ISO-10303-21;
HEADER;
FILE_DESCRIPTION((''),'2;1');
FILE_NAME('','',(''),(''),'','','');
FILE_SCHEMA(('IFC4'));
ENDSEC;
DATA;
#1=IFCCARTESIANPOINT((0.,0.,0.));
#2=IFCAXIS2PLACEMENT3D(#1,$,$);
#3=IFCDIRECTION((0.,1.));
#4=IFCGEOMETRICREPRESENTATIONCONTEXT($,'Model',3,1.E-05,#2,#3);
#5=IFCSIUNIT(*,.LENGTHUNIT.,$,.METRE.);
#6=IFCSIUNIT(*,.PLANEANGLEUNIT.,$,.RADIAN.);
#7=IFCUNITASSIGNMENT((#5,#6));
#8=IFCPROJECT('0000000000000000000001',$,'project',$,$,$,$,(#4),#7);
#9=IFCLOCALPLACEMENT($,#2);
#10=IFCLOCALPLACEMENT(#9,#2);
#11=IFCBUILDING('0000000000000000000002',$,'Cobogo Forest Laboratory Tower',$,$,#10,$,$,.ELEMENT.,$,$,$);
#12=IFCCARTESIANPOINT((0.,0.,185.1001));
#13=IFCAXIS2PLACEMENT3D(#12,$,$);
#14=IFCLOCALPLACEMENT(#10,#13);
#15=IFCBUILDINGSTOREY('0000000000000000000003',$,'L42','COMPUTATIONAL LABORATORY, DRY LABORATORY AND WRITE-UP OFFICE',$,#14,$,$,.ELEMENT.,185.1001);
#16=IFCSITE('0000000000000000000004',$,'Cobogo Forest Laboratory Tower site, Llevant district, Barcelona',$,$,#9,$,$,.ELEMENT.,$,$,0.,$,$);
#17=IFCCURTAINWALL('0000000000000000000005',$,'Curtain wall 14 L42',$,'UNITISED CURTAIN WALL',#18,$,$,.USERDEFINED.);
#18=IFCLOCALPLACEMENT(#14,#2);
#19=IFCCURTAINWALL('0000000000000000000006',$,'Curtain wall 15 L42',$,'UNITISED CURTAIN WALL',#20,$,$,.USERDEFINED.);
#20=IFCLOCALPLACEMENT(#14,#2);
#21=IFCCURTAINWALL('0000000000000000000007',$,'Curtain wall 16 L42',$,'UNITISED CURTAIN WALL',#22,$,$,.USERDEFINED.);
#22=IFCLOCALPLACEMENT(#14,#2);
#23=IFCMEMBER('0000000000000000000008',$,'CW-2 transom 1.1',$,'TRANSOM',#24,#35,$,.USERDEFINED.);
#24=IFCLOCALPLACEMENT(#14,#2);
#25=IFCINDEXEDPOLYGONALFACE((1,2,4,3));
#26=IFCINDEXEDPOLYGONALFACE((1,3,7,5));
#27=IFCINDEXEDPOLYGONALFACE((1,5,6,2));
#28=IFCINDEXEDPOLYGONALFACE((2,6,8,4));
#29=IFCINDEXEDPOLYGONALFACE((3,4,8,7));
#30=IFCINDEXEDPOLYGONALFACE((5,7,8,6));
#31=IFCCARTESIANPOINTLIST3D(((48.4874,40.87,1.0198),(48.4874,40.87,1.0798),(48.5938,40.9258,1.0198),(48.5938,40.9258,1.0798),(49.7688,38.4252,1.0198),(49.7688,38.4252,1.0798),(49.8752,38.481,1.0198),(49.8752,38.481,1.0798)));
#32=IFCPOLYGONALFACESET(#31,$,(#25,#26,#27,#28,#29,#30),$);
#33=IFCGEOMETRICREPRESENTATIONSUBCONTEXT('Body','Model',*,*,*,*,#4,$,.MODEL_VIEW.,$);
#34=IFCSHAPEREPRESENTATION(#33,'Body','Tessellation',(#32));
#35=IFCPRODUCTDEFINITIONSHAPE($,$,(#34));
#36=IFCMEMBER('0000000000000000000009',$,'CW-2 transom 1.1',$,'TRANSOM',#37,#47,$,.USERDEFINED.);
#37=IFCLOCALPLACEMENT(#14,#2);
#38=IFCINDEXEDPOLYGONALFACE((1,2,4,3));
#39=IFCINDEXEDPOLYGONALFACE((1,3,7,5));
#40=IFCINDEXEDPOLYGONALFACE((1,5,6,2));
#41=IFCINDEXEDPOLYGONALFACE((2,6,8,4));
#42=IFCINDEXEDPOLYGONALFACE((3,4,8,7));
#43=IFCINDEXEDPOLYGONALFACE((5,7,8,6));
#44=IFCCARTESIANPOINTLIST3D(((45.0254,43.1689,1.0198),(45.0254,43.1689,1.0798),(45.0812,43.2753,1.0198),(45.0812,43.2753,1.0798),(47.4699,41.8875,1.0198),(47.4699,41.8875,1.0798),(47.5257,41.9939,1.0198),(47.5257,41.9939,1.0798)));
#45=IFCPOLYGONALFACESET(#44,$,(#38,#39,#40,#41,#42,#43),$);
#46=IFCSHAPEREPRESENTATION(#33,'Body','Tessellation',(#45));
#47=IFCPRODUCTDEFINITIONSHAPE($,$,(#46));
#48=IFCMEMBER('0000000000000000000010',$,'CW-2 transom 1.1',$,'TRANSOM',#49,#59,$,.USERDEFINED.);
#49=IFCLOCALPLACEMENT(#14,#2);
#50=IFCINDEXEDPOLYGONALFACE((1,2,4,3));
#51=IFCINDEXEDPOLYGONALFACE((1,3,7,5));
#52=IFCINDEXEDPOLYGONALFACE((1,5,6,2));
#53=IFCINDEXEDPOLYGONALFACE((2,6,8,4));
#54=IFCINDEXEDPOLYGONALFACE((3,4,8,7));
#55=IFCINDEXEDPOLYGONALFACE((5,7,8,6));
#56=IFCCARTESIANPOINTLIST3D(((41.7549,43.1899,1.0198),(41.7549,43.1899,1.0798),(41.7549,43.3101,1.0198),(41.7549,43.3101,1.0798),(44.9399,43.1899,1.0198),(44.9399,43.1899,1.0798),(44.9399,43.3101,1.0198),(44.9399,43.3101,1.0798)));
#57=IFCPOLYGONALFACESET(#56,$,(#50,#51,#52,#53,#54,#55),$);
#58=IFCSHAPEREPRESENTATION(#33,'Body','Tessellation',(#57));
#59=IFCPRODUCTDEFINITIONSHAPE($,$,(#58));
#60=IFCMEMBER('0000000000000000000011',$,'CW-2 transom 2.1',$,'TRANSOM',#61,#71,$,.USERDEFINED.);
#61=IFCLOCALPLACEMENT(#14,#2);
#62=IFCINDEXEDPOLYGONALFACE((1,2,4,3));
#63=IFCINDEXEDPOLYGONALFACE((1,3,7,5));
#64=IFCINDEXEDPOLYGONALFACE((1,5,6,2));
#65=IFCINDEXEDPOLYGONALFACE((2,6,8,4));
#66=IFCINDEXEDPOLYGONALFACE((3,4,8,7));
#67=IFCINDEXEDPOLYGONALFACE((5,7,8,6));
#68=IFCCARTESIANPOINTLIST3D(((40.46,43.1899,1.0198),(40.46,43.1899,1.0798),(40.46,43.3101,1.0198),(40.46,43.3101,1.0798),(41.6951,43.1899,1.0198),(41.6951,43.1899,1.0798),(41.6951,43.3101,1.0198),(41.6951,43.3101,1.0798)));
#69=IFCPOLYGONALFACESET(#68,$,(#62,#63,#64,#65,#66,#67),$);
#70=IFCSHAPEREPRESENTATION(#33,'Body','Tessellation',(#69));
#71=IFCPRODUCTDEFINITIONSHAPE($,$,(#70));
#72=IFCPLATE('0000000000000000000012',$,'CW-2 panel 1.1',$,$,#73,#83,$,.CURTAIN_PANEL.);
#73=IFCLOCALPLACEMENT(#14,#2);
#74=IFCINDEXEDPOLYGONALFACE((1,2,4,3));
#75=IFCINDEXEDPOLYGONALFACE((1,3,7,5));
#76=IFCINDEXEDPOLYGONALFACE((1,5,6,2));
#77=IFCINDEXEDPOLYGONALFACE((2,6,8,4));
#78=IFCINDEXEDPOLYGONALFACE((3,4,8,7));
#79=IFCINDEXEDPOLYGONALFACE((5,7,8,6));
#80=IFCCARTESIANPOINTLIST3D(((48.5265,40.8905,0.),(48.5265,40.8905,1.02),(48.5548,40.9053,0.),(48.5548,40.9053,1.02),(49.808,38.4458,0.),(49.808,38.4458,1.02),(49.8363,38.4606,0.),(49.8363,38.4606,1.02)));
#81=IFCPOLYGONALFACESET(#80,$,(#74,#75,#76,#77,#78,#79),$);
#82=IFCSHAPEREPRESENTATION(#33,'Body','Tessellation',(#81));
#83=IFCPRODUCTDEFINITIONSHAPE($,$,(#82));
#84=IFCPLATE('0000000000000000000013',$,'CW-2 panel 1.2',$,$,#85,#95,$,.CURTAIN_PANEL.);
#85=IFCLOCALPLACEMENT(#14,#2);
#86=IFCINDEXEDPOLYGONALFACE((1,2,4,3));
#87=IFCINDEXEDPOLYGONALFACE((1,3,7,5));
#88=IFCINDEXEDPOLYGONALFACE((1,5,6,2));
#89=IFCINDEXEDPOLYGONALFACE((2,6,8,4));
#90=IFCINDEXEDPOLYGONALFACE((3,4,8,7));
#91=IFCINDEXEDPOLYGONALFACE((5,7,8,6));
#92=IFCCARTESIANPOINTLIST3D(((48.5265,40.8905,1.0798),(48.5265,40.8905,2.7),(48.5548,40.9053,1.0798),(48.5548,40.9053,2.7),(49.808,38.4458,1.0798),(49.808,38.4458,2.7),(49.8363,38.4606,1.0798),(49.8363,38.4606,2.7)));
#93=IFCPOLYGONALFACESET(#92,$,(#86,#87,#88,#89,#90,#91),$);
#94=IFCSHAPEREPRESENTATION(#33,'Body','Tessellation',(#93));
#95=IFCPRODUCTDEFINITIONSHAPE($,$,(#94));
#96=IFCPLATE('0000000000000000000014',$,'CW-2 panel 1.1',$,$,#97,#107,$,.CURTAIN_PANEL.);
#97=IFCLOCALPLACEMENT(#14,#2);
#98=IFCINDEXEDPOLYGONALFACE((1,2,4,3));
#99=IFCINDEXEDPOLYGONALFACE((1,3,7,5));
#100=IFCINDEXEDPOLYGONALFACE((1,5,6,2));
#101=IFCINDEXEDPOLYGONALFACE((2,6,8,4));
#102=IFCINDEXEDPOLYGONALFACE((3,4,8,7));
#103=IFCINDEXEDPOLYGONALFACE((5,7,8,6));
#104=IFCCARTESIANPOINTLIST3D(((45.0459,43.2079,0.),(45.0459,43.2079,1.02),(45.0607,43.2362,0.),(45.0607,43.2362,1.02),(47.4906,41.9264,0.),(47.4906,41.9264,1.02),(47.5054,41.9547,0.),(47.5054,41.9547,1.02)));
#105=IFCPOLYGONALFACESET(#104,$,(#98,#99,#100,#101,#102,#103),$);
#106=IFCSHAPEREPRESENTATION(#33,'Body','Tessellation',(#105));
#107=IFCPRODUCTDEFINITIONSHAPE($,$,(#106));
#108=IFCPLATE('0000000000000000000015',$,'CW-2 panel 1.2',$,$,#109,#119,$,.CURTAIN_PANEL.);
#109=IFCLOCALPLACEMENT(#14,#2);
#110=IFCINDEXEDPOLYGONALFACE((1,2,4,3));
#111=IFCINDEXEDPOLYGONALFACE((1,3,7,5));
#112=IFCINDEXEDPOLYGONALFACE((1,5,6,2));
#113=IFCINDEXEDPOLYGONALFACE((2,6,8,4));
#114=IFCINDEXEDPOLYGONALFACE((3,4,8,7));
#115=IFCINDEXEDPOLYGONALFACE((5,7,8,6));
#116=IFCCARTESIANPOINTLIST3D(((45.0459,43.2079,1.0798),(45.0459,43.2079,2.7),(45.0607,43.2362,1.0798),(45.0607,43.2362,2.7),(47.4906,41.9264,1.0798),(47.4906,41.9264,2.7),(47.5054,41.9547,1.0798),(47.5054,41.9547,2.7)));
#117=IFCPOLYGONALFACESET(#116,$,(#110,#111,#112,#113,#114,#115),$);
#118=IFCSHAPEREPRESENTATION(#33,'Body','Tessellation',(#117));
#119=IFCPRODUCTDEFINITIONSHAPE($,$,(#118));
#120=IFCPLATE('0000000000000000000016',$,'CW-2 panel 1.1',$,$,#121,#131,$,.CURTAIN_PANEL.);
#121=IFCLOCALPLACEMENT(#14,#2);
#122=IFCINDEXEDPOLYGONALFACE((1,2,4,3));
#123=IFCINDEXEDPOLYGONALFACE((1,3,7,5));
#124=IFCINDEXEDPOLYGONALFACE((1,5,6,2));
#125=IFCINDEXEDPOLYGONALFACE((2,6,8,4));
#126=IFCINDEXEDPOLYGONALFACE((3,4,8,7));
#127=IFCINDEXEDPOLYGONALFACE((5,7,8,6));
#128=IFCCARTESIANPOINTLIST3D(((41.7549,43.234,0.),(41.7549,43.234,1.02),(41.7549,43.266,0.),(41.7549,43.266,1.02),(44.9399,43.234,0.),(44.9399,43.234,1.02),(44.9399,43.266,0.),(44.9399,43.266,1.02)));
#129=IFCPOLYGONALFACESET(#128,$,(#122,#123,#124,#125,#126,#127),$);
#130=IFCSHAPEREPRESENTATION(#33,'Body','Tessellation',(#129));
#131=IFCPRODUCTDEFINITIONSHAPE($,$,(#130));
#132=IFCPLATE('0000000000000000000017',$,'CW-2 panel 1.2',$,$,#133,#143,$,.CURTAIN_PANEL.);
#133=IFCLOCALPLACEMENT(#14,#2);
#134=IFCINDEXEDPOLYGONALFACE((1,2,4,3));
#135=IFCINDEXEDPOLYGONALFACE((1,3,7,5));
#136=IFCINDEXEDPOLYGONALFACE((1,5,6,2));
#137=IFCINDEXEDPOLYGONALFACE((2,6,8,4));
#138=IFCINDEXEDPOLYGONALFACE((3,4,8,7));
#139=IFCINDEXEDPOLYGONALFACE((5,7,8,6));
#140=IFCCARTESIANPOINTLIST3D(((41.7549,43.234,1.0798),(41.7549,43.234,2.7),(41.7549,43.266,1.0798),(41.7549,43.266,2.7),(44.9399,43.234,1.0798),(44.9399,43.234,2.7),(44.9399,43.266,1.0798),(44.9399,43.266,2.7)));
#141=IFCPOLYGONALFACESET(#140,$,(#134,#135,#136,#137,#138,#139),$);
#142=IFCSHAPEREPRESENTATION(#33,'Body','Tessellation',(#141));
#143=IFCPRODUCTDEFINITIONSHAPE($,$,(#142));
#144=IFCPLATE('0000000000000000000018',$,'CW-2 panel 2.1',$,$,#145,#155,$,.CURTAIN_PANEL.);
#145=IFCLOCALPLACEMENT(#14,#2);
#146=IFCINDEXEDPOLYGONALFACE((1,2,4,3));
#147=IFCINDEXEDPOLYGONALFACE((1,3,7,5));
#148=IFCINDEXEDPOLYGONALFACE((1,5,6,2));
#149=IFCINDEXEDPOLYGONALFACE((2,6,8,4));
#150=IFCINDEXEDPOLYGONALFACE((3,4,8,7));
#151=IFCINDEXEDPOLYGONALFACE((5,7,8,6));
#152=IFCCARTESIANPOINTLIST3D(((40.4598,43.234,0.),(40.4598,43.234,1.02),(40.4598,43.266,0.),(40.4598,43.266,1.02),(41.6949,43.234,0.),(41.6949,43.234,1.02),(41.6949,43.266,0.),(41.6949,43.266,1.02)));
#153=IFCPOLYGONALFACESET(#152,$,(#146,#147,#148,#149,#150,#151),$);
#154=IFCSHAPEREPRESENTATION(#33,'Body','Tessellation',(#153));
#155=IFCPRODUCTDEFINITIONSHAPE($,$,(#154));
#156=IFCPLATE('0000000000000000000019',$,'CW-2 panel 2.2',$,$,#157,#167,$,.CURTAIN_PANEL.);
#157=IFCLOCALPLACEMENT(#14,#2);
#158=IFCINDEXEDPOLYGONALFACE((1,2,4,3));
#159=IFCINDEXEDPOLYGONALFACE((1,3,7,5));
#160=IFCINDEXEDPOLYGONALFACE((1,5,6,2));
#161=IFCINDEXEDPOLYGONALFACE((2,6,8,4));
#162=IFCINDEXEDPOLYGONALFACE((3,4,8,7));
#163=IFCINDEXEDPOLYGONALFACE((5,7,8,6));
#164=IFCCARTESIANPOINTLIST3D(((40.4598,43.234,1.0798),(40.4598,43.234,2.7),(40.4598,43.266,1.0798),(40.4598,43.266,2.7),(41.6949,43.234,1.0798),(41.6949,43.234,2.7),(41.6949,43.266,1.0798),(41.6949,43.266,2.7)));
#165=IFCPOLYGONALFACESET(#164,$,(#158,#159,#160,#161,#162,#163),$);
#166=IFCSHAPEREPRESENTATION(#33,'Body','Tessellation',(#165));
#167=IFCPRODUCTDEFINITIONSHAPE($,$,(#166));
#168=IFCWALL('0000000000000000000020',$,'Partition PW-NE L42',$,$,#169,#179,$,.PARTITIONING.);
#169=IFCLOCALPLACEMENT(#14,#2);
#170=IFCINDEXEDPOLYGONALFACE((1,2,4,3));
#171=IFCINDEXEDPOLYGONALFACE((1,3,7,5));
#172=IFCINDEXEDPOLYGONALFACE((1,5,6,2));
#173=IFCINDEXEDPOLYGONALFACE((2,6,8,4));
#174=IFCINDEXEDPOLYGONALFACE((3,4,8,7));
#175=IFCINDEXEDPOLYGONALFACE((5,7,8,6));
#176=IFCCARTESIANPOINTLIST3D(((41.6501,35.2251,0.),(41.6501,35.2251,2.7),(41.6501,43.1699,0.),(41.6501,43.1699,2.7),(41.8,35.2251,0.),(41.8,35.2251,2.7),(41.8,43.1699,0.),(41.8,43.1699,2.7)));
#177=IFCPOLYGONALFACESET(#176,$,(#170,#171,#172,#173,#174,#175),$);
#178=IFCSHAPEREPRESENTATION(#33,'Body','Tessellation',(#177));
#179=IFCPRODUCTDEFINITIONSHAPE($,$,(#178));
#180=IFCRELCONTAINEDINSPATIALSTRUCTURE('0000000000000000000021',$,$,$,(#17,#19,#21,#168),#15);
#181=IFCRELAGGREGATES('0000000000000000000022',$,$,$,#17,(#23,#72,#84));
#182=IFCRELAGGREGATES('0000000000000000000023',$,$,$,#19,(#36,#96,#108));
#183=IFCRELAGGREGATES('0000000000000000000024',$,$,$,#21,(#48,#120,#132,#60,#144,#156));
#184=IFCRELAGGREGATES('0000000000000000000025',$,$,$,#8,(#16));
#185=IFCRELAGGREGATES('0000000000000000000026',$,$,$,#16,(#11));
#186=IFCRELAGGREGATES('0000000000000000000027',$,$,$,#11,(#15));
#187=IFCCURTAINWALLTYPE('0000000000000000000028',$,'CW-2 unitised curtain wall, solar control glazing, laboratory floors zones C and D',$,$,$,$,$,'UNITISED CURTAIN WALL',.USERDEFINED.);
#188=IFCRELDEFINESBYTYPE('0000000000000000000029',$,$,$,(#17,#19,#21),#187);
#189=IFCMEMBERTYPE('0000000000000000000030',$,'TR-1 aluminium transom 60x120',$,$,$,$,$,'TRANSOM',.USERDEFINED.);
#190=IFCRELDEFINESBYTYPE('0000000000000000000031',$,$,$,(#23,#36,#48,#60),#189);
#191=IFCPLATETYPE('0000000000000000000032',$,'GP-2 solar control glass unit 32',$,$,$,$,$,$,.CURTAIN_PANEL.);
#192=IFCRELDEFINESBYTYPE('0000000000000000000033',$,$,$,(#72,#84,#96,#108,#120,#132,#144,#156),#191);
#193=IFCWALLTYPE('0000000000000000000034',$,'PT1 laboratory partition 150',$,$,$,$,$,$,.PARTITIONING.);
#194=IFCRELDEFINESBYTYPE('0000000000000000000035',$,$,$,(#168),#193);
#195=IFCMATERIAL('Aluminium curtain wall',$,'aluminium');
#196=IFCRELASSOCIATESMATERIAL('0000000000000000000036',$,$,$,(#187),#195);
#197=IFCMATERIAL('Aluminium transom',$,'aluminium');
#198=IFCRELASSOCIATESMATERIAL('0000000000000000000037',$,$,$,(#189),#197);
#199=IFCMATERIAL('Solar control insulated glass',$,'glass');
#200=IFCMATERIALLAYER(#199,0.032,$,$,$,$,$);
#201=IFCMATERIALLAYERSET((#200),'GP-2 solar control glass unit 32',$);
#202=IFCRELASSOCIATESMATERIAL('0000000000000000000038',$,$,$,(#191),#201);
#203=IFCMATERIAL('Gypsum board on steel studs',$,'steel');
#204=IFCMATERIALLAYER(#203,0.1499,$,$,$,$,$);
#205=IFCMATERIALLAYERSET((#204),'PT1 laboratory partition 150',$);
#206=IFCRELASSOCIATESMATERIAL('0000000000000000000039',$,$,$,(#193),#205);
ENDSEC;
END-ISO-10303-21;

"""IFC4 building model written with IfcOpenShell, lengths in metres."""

from ifc_helpers import new_model, si_unit, direction, frame, frame_2d, origin, origin_2d, place, context, subcontext, project, spatial, rectangle, extrude, material, layer, layer_set, material_profile, profile_set, type_object, element, aggregate, save


model = new_model("IFC4")

# Units and contexts
model_context = context("Model", 3, precision=1e-05, world=origin(), true_north=direction((0.0, 1.0)))
body_context = subcontext(model_context, "Body", "Model", "MODEL_VIEW")
ifc_project = project(units=[si_unit("LENGTHUNIT", "METRE"), si_unit("PLANEANGLEUNIT", "RADIAN")], contexts=[model_context])

# Site, building, storey
site_placement = place(None, origin())
site = spatial("IfcSite", under=ifc_project, at=site_placement, Name="Cobogo Forest Laboratory Tower site, Llevant district, Barcelona", CompositionType="ELEMENT", RefElevation=0.0)
building_placement = place(site_placement, origin())
building = spatial("IfcBuilding", under=site, at=building_placement, Name="Cobogo Forest Laboratory Tower", CompositionType="ELEMENT")
storey_placement = place(building_placement, frame((0.0, 0.0, 185.1001)))
storey = spatial("IfcBuildingStorey", under=building, at=storey_placement, Name="L42", Description="COMPUTATIONAL LABORATORY, DRY LABORATORY AND WRITE-UP OFFICE", CompositionType="ELEMENT", Elevation=185.1001)

# Curtain walls
ifc_material_1 = material(Name="Aluminium curtain wall", Category="aluminium")
curtain_wall_type = type_object("IfcCurtainWallType", Name="CW-2 unitised curtain wall, solar control glazing, laboratory floors zones C and D", ElementType="UNITISED CURTAIN WALL", PredefinedType="USERDEFINED", material=ifc_material_1)
curtain_wall_1_placement = place(storey_placement, origin())
curtain_wall_1 = element("IfcCurtainWall", 1, at=curtain_wall_1_placement, inside=storey, type_object=curtain_wall_type, Name="Curtain wall 14 L42", ObjectType="UNITISED CURTAIN WALL", PredefinedType="USERDEFINED")
curtain_wall_2_placement = place(storey_placement, origin())
curtain_wall_2 = element("IfcCurtainWall", 2, at=curtain_wall_2_placement, inside=storey, type_object=curtain_wall_type, Name="Curtain wall 15 L42", ObjectType="UNITISED CURTAIN WALL", PredefinedType="USERDEFINED")
curtain_wall_3_placement = place(storey_placement, origin())
curtain_wall_3 = element("IfcCurtainWall", 3, at=curtain_wall_3_placement, inside=storey, type_object=curtain_wall_type, Name="Curtain wall 16 L42", ObjectType="UNITISED CURTAIN WALL", PredefinedType="USERDEFINED")

# Members
ifc_material_2 = material(Name="Aluminium transom", Category="aluminium")
ifc_material_profile_1 = material_profile(ifc_material_2, rectangle(XDim=0.1201, YDim=0.0601, at=origin_2d()), Name="AL 60x120")
ifc_profile_set_1 = profile_set([ifc_material_profile_1], Name="Aluminium transom")
member_type_1 = type_object("IfcMemberType", Name="TR-1 aluminium transom 60x120", ElementType="TRANSOM", PredefinedType="USERDEFINED", material=ifc_profile_set_1)
member_1_placement = place(storey_placement, frame((49.822, 38.4531, 1.0498), z_axis=(-0.464255, 0.885702, 0.0), x_axis=(-0.885702, -0.464255, 0.0)))
member_1 = element("IfcMember", 4, at=member_1_placement, type_object=member_type_1, Name="CW-2 transom 1.1", ObjectType="TRANSOM", PredefinedType="USERDEFINED", context=body_context, shape_type="SweptSolid", body=[
    extrude(rectangle(XDim=0.1201, YDim=0.0601, at=origin_2d()), origin(), (0.0, 0.0, 1.0), 2.7603),
])
member_2_placement = place(storey_placement, frame((47.4978, 41.9407, 1.0498), z_axis=(-0.885683, 0.464291, 0.0), x_axis=(-0.464291, -0.885683, 0.0)))
member_2 = element("IfcMember", 5, at=member_2_placement, type_object=member_type_1, Name="CW-2 transom 1.1", ObjectType="TRANSOM", PredefinedType="USERDEFINED", context=body_context, shape_type="SweptSolid", body=[
    extrude(rectangle(XDim=0.1201, YDim=0.0601, at=origin_2d()), origin(), (0.0, 0.0, 1.0), 2.76),
])
member_3_placement = place(storey_placement, frame((44.9399, 43.25, 1.0498), z_axis=(-1.0, 0.0, 0.0), x_axis=(0.0, -1.0, 0.0)))
member_3 = element("IfcMember", 6, at=member_3_placement, type_object=member_type_1, Name="CW-2 transom 1.1", ObjectType="TRANSOM", PredefinedType="USERDEFINED", context=body_context, shape_type="SweptSolid", body=[
    extrude(rectangle(XDim=0.1201, YDim=0.0601, at=origin_2d()), origin(), (0.0, 0.0, 1.0), 3.1851),
])
member_4_placement = place(storey_placement, frame((41.6951, 43.25, 1.0498), z_axis=(-1.0, 0.0, 0.0), x_axis=(0.0, -1.0, 0.0)))
member_4 = element("IfcMember", 7, at=member_4_placement, type_object=member_type_1, Name="CW-2 transom 2.1", ObjectType="TRANSOM", PredefinedType="USERDEFINED", context=body_context, shape_type="SweptSolid", body=[
    extrude(rectangle(XDim=0.1201, YDim=0.0601, at=origin_2d()), origin(), (0.0, 0.0, 1.0), 1.2351),
])

# Plates
ifc_material_3 = material(Name="Solar control insulated glass", Category="glass")
ifc_layer_1 = layer(ifc_material_3, 0.032)
ifc_layer_set_1 = layer_set([ifc_layer_1], Name="GP-2 solar control glass unit 32")
plate_type = type_object("IfcPlateType", Name="GP-2 solar control glass unit 32", PredefinedType="CURTAIN_PANEL", material=ifc_layer_set_1)
plate_1_placement = place(storey_placement, frame((49.1814, 39.6755, 0.0), z_axis=(0.0, 0.0, 1.0), x_axis=(-0.464284, 0.885686, 0.0)))
plate_1 = element("IfcPlate", 8, at=plate_1_placement, type_object=plate_type, Name="CW-2 panel 1.1", PredefinedType="CURTAIN_PANEL", context=body_context, shape_type="SweptSolid", body=[
    extrude(rectangle(XDim=2.7603, YDim=0.032, at=origin_2d()), origin(), (0.0, 0.0, 1.0), 1.02),
])
plate_2_placement = place(storey_placement, frame((49.1814, 39.6755, 1.0798), z_axis=(0.0, 0.0, 1.0), x_axis=(-0.464284, 0.885686, 0.0)))
plate_2 = element("IfcPlate", 9, at=plate_2_placement, type_object=plate_type, Name="CW-2 panel 1.2", PredefinedType="CURTAIN_PANEL", context=body_context, shape_type="SweptSolid", body=[
    extrude(rectangle(XDim=2.7603, YDim=0.032, at=origin_2d()), origin(), (0.0, 0.0, 1.0), 1.6201),
])
aggregate(curtain_wall_1, [member_1, plate_1, plate_2])
plate_3_placement = place(storey_placement, frame((46.2756, 42.5813, 0.0), z_axis=(0.0, 0.0, 1.0), x_axis=(-0.885686, 0.464284, 0.0)))
plate_3 = element("IfcPlate", 10, at=plate_3_placement, type_object=plate_type, Name="CW-2 panel 1.1", PredefinedType="CURTAIN_PANEL", context=body_context, shape_type="SweptSolid", body=[
    extrude(rectangle(XDim=2.7603, YDim=0.032, at=origin_2d()), origin(), (0.0, 0.0, 1.0), 1.02),
])
plate_4_placement = place(storey_placement, frame((46.2756, 42.5813, 1.0798), z_axis=(0.0, 0.0, 1.0), x_axis=(-0.885686, 0.464284, 0.0)))
plate_4 = element("IfcPlate", 11, at=plate_4_placement, type_object=plate_type, Name="CW-2 panel 1.2", PredefinedType="CURTAIN_PANEL", context=body_context, shape_type="SweptSolid", body=[
    extrude(rectangle(XDim=2.7603, YDim=0.032, at=origin_2d()), origin(), (0.0, 0.0, 1.0), 1.6201),
])
aggregate(curtain_wall_2, [member_2, plate_3, plate_4])
plate_5_placement = place(storey_placement, frame((43.3474, 43.25, 0.0), z_axis=(0.0, 0.0, 1.0), x_axis=(-1.0, 0.0, 0.0)))
plate_5 = element("IfcPlate", 12, at=plate_5_placement, type_object=plate_type, Name="CW-2 panel 1.1", PredefinedType="CURTAIN_PANEL", context=body_context, shape_type="SweptSolid", body=[
    extrude(rectangle(XDim=3.1851, YDim=0.032, at=origin_2d()), origin(), (0.0, 0.0, 1.0), 1.02),
])
plate_6_placement = place(storey_placement, frame((43.3474, 43.25, 1.0798), z_axis=(0.0, 0.0, 1.0), x_axis=(-1.0, 0.0, 0.0)))
plate_6 = element("IfcPlate", 13, at=plate_6_placement, type_object=plate_type, Name="CW-2 panel 1.2", PredefinedType="CURTAIN_PANEL", context=body_context, shape_type="SweptSolid", body=[
    extrude(rectangle(XDim=3.1851, YDim=0.032, at=origin_2d()), origin(), (0.0, 0.0, 1.0), 1.6201),
])
plate_7_placement = place(storey_placement, frame((41.0774, 43.25, 0.0), z_axis=(0.0, 0.0, 1.0), x_axis=(-1.0, 0.0, 0.0)))
plate_7 = element("IfcPlate", 14, at=plate_7_placement, type_object=plate_type, Name="CW-2 panel 2.1", PredefinedType="CURTAIN_PANEL", context=body_context, shape_type="SweptSolid", body=[
    extrude(rectangle(XDim=1.2351, YDim=0.032, at=origin_2d()), origin(), (0.0, 0.0, 1.0), 1.02),
])
plate_8_placement = place(storey_placement, frame((41.0774, 43.25, 1.0798), z_axis=(0.0, 0.0, 1.0), x_axis=(-1.0, 0.0, 0.0)))
plate_8 = element("IfcPlate", 15, at=plate_8_placement, type_object=plate_type, Name="CW-2 panel 2.2", PredefinedType="CURTAIN_PANEL", context=body_context, shape_type="SweptSolid", body=[
    extrude(rectangle(XDim=1.2351, YDim=0.032, at=origin_2d()), origin(), (0.0, 0.0, 1.0), 1.6201),
])
aggregate(curtain_wall_3, [member_3, plate_5, plate_6, member_4, plate_7, plate_8])

# Wall
ifc_material_4 = material(Name="Gypsum board on steel studs", Category="steel")
ifc_layer_2 = layer(ifc_material_4, 0.1499)
ifc_layer_set_2 = layer_set([ifc_layer_2], Name="PT1 laboratory partition 150")
wall_type = type_object("IfcWallType", Name="PT1 laboratory partition 150", PredefinedType="PARTITIONING", material=ifc_layer_set_2)
wall_placement = place(storey_placement, frame((41.7251, 43.1699, 0.0), z_axis=(0.0, 0.0, 1.0), x_axis=(0.0, -1.0, 0.0)))
element("IfcWall", 16, at=wall_placement, inside=storey, type_object=wall_type, Name="Partition PW-NE L42", PredefinedType="PARTITIONING", context=body_context, shape_type="SweptSolid", body=[
    extrude(rectangle(XDim=7.9448, YDim=0.1499, at=frame_2d((3.9724, 0.0))), origin(), (0.0, 0.0, 1.0), 2.7),
])

save(model, "model.ifc")
